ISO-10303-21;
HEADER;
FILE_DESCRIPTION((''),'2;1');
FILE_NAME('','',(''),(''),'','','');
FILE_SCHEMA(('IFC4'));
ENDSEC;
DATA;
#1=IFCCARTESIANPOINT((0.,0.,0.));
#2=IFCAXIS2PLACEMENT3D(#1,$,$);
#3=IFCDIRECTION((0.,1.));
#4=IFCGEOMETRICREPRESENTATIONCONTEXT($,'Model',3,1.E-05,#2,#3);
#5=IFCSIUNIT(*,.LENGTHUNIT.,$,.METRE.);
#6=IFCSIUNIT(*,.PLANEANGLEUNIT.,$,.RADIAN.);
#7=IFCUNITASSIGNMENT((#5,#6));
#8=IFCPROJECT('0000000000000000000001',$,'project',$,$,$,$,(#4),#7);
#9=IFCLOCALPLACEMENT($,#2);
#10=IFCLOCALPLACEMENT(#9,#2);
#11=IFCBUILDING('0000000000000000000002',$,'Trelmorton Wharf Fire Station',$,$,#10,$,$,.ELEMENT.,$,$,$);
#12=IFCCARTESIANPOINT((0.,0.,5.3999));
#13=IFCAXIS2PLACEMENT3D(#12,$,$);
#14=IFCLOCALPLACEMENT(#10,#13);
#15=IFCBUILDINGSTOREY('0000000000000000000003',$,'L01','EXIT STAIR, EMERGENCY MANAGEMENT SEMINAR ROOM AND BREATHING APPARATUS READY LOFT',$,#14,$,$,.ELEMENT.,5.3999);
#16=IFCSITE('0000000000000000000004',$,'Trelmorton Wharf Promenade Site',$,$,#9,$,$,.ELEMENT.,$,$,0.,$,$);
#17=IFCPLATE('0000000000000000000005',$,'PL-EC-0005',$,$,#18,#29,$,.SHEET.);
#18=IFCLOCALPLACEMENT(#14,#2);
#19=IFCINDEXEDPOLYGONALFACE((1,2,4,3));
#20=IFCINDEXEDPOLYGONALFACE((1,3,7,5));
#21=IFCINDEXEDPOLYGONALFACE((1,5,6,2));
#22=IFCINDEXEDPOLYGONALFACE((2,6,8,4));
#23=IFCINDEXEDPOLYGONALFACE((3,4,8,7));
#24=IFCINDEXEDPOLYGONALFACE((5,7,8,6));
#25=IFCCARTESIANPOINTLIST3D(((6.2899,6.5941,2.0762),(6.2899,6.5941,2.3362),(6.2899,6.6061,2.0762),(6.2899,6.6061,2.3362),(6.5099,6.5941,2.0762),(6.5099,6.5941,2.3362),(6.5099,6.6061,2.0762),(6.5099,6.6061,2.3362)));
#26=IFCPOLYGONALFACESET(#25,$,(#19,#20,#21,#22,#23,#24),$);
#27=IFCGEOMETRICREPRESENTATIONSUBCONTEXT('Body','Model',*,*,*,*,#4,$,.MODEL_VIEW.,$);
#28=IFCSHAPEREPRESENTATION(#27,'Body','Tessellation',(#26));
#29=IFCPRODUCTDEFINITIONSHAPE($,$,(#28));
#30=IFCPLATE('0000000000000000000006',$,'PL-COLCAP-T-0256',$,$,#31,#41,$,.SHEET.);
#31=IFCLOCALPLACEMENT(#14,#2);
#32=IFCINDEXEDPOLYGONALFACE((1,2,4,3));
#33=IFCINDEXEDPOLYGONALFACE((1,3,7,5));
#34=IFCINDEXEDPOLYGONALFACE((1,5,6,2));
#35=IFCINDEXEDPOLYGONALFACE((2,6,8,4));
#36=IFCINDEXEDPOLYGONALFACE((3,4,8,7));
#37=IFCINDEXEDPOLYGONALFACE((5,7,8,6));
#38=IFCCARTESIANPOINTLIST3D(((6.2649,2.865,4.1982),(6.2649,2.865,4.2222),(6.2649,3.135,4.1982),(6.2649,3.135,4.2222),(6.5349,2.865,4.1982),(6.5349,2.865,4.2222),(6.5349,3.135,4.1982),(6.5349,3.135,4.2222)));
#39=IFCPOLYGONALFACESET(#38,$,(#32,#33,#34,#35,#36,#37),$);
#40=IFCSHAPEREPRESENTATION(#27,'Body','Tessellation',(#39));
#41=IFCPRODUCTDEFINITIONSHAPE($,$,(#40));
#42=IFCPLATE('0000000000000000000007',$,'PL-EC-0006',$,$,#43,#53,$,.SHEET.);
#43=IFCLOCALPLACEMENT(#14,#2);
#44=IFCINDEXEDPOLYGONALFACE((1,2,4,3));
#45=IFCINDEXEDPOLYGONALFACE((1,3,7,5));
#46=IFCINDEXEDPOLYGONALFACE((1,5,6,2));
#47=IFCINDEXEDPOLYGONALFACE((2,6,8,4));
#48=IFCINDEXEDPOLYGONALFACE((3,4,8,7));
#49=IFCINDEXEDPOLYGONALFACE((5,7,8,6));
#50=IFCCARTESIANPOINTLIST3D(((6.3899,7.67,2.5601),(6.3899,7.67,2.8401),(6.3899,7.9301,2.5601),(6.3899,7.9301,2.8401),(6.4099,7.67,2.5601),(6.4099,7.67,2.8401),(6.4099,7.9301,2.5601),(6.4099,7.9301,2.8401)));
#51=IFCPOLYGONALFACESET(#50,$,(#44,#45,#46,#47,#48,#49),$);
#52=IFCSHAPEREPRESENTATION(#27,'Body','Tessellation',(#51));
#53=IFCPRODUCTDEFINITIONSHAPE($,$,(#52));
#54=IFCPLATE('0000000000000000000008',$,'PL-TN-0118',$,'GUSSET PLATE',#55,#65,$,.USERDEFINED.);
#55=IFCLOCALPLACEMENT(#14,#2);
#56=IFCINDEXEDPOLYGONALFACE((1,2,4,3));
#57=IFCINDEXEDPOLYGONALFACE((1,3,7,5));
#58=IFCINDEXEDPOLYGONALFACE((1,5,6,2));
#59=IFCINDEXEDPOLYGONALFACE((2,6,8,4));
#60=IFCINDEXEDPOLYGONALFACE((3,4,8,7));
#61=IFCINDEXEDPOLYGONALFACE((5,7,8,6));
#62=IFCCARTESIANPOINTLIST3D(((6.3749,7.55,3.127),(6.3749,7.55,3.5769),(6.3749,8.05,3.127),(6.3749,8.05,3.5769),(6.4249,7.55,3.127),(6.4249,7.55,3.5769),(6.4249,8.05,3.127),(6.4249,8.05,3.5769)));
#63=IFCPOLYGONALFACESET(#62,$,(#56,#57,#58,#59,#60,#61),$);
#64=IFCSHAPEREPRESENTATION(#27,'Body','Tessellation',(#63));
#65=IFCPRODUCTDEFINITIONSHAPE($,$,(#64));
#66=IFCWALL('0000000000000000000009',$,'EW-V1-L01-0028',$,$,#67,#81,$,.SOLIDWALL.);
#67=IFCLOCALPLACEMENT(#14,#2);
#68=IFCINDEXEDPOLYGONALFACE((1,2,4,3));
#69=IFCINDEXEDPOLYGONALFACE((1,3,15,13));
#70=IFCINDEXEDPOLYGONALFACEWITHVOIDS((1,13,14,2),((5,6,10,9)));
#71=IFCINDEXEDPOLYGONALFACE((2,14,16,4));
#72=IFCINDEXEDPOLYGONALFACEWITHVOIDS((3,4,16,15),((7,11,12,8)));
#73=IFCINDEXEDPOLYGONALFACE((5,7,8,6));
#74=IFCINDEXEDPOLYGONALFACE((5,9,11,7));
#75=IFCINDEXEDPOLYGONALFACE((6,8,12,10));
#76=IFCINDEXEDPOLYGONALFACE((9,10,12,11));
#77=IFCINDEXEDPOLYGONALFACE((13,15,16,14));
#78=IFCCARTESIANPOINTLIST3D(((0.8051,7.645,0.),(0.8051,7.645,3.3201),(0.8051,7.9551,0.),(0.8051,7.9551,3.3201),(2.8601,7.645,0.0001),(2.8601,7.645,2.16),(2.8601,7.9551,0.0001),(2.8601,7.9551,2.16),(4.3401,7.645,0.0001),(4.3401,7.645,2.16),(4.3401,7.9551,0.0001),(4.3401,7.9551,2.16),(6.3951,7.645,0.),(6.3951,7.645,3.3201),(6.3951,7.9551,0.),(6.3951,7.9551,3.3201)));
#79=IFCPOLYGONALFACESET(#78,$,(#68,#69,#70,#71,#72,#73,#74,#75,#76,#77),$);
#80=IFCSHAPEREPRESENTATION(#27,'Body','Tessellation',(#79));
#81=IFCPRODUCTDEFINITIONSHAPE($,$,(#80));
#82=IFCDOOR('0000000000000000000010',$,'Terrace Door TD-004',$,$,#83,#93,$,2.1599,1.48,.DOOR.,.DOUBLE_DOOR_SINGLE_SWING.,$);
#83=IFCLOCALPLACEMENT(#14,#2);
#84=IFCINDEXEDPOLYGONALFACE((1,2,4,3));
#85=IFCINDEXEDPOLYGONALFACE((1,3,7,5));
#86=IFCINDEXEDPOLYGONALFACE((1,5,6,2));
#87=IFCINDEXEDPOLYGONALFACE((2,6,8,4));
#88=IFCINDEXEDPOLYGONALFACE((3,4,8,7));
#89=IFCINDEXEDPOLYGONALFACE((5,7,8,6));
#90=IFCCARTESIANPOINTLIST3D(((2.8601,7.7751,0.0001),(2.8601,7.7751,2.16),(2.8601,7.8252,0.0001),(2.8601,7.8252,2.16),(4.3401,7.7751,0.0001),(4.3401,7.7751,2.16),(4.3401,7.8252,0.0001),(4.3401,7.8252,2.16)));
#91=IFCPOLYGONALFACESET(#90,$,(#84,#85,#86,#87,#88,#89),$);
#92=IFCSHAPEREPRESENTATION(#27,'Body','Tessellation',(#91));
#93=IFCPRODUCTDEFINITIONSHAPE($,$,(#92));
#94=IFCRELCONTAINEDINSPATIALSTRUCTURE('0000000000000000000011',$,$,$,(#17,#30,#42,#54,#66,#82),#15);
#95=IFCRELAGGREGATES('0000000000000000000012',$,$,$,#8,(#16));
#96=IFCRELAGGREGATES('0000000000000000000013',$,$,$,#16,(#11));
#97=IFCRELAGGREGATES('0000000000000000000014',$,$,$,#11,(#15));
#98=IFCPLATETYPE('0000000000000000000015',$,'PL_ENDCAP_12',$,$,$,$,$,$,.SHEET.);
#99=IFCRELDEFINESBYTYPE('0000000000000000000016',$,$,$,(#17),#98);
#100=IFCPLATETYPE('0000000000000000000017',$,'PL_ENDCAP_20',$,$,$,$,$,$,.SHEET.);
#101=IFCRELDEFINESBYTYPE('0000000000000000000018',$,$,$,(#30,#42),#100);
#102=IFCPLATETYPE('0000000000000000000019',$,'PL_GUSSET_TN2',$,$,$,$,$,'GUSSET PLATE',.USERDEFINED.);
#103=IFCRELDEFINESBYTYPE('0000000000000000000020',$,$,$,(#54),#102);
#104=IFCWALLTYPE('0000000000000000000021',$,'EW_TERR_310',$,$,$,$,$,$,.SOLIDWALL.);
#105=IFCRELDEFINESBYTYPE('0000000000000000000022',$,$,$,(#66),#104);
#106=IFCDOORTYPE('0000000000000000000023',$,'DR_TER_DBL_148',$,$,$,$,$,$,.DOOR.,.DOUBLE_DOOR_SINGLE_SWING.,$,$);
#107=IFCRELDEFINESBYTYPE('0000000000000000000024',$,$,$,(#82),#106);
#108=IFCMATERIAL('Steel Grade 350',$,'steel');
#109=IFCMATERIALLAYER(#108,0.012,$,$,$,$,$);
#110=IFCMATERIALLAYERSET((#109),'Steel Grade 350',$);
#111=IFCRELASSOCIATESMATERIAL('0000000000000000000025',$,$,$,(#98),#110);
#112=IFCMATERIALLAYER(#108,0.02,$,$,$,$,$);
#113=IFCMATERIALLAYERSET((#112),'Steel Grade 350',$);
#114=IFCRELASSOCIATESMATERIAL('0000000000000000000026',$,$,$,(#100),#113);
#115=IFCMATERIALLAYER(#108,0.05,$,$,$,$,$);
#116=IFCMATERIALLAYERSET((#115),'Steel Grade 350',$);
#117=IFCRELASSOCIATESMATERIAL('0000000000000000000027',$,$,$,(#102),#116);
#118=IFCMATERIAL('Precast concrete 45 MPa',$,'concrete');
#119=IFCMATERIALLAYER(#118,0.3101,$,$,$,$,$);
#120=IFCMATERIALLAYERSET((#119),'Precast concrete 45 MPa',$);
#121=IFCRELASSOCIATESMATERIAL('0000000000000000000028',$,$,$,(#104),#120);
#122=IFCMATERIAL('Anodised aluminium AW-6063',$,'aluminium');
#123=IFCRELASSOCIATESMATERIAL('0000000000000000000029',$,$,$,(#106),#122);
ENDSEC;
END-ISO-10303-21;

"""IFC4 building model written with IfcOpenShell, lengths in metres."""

from ifc_helpers import new_model, si_unit, direction, frame, frame_2d, origin, origin_2d, place, context, subcontext, project, spatial, rectangle, extrude, material, layer, layer_set, type_object, element, fill, save


model = new_model("IFC4")

# Units and contexts
model_context = context("Model", 3, precision=1e-05, world=origin(), true_north=direction((0.0, 1.0)))
body_context = subcontext(model_context, "Body", "Model", "MODEL_VIEW")
ifc_project = project(units=[si_unit("LENGTHUNIT", "METRE"), si_unit("PLANEANGLEUNIT", "RADIAN")], contexts=[model_context])

# Site, building, storey
site_placement = place(None, origin())
site = spatial("IfcSite", under=ifc_project, at=site_placement, Name="Trelmorton Wharf Promenade Site", CompositionType="ELEMENT", RefElevation=0.0)
building_placement = place(site_placement, origin())
building = spatial("IfcBuilding", under=site, at=building_placement, Name="Trelmorton Wharf Fire Station", CompositionType="ELEMENT")
storey_placement = place(building_placement, frame((0.0, 0.0, 5.3999)))
storey = spatial("IfcBuildingStorey", under=building, at=storey_placement, Name="L01", Description="EXIT STAIR, EMERGENCY MANAGEMENT SEMINAR ROOM AND BREATHING APPARATUS READY LOFT", CompositionType="ELEMENT", Elevation=5.3999)

# Shared definitions
ifc_material_1 = material(Name="Steel Grade 350", Category="steel")

# Shared definitions
ifc_material_2 = material(Name="Anodised aluminium AW-6063", Category="aluminium")

# Plates
ifc_layer_1 = layer(ifc_material_1, 0.012)
ifc_layer_set_1 = layer_set([ifc_layer_1], Name="Steel Grade 350")
plate_type_1 = type_object("IfcPlateType", Name="PL_ENDCAP_12", PredefinedType="SHEET", material=ifc_layer_set_1)
plate_1_placement = place(storey_placement, frame((6.3999, 6.6001, 2.0762), z_axis=(0.0, 0.0, 1.0), x_axis=(1.0, 0.0, 0.0)))
element("IfcPlate", 1, at=plate_1_placement, inside=storey, type_object=plate_type_1, Name="PL-EC-0005", PredefinedType="SHEET", context=body_context, shape_type="SweptSolid", body=[
    extrude(rectangle(XDim=0.22, YDim=0.012, at=origin_2d()), origin(), (0.0, 0.0, 1.0), 0.26),
])
ifc_layer_2 = layer(ifc_material_1, 0.02)
ifc_layer_set_2 = layer_set([ifc_layer_2], Name="Steel Grade 350")
plate_type_2 = type_object("IfcPlateType", Name="PL_ENDCAP_20", PredefinedType="SHEET", material=ifc_layer_set_2)
plate_2_placement = place(storey_placement, frame((6.3999, 3.0, 4.1982), z_axis=(0.0, 0.0, 1.0), x_axis=(1.0, 0.0, 0.0)))
element("IfcPlate", 2, at=plate_2_placement, inside=storey, type_object=plate_type_2, Name="PL-COLCAP-T-0256", PredefinedType="SHEET", context=body_context, shape_type="SweptSolid", body=[
    extrude(rectangle(XDim=0.27, YDim=0.27, at=origin_2d()), origin(), (0.0, 0.0, 1.0), 0.0239),
])
plate_3_placement = place(storey_placement, frame((6.3999, 7.8, 2.5601), z_axis=(0.0, 0.0, 1.0), x_axis=(1.0, 0.0, 0.0)))
element("IfcPlate", 3, at=plate_3_placement, inside=storey, type_object=plate_type_2, Name="PL-EC-0006", PredefinedType="SHEET", context=body_context, shape_type="SweptSolid", body=[
    extrude(rectangle(XDim=0.02, YDim=0.26, at=origin_2d()), origin(), (0.0, 0.0, 1.0), 0.28),
])
ifc_layer_3 = layer(ifc_material_1, 0.05)
ifc_layer_set_3 = layer_set([ifc_layer_3], Name="Steel Grade 350")
plate_type_3 = type_object("IfcPlateType", Name="PL_GUSSET_TN2", ElementType="GUSSET PLATE", PredefinedType="USERDEFINED", material=ifc_layer_set_3)
plate_4_placement = place(storey_placement, frame((6.3999, 7.8, 3.127), z_axis=(0.0, 0.0, 1.0), x_axis=(1.0, 0.0, 0.0)))
element("IfcPlate", 4, at=plate_4_placement, inside=storey, type_object=plate_type_3, Name="PL-TN-0118", ObjectType="GUSSET PLATE", PredefinedType="USERDEFINED", context=body_context, shape_type="SweptSolid", body=[
    extrude(rectangle(XDim=0.05, YDim=0.5, at=origin_2d()), origin(), (0.0, 0.0, 1.0), 0.45),
])

# Wall, opening, door
ifc_material_3 = material(Name="Precast concrete 45 MPa", Category="concrete")
ifc_layer_4 = layer(ifc_material_3, 0.3101)
ifc_layer_set_4 = layer_set([ifc_layer_4], Name="Precast concrete 45 MPa")
wall_type = type_object("IfcWallType", Name="EW_TERR_310", PredefinedType="SOLIDWALL", material=ifc_layer_set_4)
wall_placement = place(storey_placement, frame((6.395, 7.8, 0.0), z_axis=(0.0, 0.0, 1.0), x_axis=(-1.0, 0.0, 0.0)))
wall = element("IfcWall", 5, at=wall_placement, inside=storey, type_object=wall_type, Name="EW-V1-L01-0028", PredefinedType="SOLIDWALL", context=body_context, shape_type="SweptSolid", body=[
    extrude(rectangle(XDim=5.5901, YDim=0.3101, at=frame_2d((2.7949, 0.0))), origin(), (0.0, 0.0, 1.0), 3.3201),
])
opening_placement = place(wall_placement, frame((2.0549, 0.0, 0.0)))
opening = element("IfcOpeningElement", 6, at=opening_placement, cuts=wall, PredefinedType="OPENING", context=body_context, shape_type="SweptSolid", body=[
    extrude(rectangle(XDim=1.48, YDim=2.1599, at=frame_2d((0.74, 1.0801))), frame((0.0, 0.165, 0.0), z_axis=(0.0, -1.0, 0.0), x_axis=(1.0, 0.0, 0.0)), (0.0, 0.0, 1.0), 0.3301),
])
door_type = type_object("IfcDoorType", Name="DR_TER_DBL_148", OperationType="DOUBLE_DOOR_SINGLE_SWING", PredefinedType="DOOR", material=ifc_material_2)
door_placement = place(opening_placement, origin())
door = element("IfcDoor", 7, at=door_placement, inside=storey, type_object=door_type, Name="Terrace Door TD-004", OperationType="DOUBLE_DOOR_SINGLE_SWING", OverallHeight=2.1599, OverallWidth=1.48, PredefinedType="DOOR", context=body_context, shape_type="SweptSolid", body=[
    extrude(rectangle(XDim=1.48, YDim=2.1599, at=frame_2d((0.74, 1.0801))), frame((0.0, 0.0249, 0.0), z_axis=(0.0, -1.0, 0.0), x_axis=(1.0, 0.0, 0.0)), (0.0, 0.0, 1.0), 0.05),
])
fill(opening, door)

save(model, "model.ifc")
